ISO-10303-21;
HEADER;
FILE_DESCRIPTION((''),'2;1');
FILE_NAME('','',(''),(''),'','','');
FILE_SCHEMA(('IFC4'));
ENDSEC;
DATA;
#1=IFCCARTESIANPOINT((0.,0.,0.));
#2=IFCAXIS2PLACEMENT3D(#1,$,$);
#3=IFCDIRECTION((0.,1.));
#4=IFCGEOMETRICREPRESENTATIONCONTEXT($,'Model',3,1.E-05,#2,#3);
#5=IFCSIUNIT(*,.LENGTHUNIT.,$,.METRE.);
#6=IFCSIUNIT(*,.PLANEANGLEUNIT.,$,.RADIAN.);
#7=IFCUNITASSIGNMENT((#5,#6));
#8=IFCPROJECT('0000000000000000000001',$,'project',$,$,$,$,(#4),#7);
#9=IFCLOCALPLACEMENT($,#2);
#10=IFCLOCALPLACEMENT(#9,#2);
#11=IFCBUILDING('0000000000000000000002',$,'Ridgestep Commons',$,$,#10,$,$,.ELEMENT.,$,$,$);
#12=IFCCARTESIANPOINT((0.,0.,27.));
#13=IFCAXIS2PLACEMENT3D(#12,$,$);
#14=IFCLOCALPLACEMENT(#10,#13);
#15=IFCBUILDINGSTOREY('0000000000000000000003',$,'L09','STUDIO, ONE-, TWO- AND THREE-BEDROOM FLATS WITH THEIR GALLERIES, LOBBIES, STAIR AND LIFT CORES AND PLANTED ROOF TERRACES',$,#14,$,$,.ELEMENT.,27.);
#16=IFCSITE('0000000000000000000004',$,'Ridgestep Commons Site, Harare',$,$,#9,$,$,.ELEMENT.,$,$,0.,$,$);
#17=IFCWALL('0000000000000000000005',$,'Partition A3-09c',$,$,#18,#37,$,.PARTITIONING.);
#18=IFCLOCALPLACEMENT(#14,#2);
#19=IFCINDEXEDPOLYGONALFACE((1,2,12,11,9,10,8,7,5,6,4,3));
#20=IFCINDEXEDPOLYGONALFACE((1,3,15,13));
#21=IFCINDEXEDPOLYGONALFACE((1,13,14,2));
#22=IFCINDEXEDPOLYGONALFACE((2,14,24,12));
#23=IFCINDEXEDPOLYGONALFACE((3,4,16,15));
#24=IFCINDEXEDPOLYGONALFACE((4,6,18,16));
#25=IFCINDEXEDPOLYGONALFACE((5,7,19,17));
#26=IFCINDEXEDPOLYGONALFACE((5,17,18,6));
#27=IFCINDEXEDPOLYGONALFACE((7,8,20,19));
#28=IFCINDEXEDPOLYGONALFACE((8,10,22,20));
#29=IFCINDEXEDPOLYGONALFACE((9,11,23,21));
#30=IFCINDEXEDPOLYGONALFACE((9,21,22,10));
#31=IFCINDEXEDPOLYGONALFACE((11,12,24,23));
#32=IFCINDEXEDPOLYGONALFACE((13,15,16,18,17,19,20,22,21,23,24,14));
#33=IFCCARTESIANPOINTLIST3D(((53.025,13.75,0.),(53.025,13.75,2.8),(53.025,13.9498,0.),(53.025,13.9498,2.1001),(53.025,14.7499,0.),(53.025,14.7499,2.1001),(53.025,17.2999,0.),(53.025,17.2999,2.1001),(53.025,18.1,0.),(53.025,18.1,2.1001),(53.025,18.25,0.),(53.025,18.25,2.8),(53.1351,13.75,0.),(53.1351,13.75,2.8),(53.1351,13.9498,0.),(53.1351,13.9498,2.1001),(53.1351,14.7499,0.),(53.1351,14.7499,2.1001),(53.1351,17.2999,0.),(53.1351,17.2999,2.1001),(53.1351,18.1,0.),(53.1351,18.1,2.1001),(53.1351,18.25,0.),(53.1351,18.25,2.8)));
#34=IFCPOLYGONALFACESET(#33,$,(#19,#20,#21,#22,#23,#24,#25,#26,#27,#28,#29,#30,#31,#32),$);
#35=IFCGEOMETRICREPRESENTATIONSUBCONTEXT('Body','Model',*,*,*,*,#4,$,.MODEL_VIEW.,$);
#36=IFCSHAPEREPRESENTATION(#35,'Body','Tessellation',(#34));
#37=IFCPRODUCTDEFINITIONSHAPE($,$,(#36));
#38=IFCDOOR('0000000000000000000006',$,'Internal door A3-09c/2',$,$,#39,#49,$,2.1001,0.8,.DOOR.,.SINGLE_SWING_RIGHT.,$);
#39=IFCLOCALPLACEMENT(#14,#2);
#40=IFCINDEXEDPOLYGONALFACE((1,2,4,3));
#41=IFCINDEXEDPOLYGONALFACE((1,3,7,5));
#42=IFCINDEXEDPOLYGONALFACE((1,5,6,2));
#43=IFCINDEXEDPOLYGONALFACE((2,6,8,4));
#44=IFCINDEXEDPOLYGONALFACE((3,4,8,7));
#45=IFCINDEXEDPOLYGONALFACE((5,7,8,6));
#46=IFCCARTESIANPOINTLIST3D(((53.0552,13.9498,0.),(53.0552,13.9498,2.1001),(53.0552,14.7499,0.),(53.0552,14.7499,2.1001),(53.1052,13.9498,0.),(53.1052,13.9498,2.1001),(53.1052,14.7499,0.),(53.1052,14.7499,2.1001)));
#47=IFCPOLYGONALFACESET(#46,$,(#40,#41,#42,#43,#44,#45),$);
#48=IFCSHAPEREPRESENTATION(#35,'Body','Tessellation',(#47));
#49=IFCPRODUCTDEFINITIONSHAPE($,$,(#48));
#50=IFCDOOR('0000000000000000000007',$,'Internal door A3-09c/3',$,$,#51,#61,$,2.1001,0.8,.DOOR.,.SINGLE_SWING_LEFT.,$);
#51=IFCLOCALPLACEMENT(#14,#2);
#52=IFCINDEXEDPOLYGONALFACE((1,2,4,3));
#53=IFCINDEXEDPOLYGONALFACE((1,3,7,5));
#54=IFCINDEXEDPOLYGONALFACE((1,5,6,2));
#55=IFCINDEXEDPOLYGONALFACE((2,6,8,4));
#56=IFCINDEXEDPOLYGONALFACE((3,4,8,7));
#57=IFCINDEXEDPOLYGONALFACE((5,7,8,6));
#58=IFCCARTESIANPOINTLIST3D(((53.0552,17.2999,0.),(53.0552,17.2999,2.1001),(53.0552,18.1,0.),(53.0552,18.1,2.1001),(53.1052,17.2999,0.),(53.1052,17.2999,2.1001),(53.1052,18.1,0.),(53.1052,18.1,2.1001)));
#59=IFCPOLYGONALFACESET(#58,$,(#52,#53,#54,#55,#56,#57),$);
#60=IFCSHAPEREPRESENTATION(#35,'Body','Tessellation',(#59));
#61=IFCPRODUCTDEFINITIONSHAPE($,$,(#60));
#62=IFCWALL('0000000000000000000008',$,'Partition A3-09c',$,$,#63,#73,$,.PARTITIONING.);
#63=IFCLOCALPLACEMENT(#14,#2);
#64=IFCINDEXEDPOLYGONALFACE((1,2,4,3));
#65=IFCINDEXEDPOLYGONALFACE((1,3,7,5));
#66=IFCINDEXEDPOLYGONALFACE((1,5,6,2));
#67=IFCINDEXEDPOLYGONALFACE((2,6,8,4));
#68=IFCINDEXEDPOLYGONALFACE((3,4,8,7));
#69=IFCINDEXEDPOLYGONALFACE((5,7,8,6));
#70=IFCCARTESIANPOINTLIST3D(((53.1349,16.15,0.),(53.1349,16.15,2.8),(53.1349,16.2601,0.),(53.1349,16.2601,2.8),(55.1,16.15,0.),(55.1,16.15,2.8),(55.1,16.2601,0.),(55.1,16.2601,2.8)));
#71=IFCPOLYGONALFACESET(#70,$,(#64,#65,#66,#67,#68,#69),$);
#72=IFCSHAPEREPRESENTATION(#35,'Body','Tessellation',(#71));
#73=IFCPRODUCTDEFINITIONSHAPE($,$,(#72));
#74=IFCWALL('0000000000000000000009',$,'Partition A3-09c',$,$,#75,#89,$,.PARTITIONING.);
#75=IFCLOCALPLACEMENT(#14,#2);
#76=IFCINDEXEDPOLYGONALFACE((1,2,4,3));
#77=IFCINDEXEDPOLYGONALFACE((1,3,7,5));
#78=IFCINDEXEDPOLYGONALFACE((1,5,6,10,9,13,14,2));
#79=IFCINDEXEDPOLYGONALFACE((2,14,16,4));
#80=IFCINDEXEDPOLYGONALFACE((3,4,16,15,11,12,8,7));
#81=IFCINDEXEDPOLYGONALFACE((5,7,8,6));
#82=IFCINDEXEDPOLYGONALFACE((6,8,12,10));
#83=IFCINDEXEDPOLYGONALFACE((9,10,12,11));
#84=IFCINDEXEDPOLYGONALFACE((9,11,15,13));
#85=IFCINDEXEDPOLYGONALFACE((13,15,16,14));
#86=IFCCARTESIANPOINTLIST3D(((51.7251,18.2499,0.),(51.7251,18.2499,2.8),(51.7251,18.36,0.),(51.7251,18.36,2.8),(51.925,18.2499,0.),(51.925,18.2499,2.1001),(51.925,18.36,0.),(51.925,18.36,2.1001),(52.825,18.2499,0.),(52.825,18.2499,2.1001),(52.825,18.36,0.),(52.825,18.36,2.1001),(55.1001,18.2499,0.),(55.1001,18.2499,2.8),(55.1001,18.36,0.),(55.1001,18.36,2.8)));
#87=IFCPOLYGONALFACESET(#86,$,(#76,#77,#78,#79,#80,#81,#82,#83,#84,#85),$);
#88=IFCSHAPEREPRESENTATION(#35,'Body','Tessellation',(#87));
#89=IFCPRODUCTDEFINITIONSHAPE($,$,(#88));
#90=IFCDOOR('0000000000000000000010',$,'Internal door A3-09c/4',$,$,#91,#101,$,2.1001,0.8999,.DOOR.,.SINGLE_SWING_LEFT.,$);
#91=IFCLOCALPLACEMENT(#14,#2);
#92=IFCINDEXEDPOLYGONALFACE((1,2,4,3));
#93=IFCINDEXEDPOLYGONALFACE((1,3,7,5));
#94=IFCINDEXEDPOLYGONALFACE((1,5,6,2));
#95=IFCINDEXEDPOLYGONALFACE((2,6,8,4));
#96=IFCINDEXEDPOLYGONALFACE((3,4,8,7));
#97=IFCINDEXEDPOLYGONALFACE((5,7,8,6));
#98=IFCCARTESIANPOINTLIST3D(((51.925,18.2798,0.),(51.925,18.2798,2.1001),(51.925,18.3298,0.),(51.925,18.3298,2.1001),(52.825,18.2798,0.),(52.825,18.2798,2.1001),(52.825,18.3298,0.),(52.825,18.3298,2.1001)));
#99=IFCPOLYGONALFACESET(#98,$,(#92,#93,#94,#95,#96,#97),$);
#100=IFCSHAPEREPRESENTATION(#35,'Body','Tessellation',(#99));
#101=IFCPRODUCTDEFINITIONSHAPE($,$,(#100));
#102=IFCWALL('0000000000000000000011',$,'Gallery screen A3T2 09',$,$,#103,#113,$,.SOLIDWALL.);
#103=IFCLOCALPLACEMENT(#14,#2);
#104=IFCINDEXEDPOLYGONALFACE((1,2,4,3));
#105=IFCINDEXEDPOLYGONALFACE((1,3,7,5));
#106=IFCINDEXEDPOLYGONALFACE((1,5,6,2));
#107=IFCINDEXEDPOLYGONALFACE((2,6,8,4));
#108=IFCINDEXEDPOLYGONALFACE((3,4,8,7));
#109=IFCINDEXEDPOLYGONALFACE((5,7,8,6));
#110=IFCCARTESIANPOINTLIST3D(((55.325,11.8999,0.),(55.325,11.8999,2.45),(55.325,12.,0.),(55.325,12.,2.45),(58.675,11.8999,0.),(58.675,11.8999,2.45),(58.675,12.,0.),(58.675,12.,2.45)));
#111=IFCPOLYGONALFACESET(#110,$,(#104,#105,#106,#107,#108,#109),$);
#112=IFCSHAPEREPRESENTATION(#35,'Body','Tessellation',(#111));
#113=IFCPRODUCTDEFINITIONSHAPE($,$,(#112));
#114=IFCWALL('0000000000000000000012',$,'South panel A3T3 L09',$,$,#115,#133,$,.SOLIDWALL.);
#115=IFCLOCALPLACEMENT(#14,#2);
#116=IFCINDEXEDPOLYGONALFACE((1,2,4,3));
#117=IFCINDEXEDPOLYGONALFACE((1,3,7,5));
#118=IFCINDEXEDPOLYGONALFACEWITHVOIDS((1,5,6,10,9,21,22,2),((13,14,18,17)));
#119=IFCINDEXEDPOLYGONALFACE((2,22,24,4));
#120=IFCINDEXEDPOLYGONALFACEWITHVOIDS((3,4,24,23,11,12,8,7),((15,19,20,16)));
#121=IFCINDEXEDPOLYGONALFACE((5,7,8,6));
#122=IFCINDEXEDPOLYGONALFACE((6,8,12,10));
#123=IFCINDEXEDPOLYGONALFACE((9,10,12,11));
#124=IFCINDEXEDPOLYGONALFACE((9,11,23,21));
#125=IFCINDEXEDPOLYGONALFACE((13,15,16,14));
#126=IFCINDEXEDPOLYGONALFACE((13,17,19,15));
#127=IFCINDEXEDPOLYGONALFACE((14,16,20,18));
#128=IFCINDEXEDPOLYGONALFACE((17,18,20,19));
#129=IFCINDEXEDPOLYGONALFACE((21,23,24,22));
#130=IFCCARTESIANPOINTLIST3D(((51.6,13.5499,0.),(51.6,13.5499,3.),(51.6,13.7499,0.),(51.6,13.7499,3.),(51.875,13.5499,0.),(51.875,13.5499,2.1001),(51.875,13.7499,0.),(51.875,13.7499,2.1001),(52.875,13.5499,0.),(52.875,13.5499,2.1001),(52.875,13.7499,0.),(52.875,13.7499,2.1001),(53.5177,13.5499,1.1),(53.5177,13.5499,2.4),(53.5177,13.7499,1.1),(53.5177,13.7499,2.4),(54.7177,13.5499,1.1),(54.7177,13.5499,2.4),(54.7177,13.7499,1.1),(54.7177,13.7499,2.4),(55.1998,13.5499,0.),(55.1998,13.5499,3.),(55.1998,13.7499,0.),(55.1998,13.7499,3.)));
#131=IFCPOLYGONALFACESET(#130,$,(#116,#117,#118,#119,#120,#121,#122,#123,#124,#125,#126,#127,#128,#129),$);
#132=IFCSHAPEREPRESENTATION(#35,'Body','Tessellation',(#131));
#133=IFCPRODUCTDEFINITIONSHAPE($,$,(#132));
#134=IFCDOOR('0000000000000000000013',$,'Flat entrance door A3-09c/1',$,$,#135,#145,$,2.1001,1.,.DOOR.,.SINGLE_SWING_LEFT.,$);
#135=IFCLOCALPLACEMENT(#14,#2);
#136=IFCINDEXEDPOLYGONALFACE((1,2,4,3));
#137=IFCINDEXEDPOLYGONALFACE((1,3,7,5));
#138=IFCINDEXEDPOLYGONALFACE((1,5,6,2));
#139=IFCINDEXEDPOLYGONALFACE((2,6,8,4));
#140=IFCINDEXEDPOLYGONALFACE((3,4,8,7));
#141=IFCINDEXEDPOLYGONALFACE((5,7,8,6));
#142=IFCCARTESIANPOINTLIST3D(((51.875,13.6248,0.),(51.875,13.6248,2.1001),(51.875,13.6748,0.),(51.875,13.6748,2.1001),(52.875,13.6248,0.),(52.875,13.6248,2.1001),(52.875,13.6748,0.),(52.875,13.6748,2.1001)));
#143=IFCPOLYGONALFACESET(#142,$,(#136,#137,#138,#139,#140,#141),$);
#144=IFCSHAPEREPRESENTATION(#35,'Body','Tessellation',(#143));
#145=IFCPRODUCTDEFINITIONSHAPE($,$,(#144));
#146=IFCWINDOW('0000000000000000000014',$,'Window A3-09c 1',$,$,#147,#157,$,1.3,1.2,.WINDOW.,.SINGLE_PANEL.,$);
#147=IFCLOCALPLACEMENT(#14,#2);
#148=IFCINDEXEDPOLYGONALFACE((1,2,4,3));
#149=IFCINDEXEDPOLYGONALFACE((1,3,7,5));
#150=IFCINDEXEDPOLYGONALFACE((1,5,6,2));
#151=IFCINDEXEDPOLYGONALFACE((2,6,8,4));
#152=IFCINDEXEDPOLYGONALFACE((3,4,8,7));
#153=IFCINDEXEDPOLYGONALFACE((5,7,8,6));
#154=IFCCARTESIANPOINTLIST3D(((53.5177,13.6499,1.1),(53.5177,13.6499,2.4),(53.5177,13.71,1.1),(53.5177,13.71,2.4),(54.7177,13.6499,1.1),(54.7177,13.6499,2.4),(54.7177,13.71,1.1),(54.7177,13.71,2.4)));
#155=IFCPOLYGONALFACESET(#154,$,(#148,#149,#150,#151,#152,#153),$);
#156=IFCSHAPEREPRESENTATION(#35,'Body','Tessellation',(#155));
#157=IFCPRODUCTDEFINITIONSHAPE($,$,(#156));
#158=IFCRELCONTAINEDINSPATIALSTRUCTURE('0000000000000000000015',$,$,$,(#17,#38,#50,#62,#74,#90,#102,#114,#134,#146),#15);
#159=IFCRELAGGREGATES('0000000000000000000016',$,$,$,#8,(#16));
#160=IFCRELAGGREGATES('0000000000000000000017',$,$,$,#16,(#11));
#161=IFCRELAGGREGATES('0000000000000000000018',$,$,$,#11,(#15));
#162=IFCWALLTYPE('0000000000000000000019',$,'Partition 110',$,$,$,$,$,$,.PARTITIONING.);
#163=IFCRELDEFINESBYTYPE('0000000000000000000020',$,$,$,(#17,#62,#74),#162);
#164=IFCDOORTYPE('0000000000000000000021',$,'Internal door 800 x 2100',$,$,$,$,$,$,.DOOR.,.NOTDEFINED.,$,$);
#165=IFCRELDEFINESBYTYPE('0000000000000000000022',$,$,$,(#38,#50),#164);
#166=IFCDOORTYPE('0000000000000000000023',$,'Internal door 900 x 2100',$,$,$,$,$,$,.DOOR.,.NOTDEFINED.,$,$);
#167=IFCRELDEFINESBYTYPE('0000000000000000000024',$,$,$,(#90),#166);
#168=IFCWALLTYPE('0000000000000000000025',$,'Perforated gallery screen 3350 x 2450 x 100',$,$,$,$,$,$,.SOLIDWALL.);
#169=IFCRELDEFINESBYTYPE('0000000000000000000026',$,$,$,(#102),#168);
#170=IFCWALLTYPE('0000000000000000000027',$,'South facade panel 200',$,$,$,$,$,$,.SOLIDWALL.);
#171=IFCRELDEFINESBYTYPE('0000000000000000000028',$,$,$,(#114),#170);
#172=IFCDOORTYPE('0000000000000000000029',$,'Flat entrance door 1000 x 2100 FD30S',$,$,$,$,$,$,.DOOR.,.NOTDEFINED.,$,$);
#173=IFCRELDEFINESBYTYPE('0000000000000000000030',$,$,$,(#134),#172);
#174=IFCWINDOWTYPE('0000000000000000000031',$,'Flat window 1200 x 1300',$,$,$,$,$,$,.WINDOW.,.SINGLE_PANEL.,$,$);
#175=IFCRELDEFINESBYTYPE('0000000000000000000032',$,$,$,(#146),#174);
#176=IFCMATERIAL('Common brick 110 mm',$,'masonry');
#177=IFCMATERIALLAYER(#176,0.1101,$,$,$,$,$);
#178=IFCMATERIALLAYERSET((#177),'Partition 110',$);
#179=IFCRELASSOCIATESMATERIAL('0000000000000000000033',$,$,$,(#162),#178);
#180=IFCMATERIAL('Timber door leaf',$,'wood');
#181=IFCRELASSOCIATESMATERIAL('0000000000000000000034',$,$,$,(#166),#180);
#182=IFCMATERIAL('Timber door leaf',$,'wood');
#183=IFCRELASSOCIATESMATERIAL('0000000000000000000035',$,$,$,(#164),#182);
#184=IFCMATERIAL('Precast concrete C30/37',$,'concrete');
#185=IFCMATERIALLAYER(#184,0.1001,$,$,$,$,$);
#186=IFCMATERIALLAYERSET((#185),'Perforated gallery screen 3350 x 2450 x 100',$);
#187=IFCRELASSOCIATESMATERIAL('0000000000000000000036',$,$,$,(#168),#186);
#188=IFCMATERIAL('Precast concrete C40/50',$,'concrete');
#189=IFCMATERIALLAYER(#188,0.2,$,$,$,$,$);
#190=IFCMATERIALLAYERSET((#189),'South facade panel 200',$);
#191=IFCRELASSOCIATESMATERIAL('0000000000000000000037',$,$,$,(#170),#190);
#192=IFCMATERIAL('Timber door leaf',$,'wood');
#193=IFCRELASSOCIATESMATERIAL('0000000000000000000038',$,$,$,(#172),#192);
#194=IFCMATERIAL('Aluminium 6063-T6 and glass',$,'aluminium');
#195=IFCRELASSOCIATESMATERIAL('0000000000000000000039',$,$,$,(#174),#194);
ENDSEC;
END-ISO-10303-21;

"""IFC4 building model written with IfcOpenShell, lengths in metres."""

from ifc_helpers import new_model, si_unit, direction, frame, frame_2d, origin, place, context, subcontext, project, spatial, rectangle, extrude, material, layer, layer_set, type_object, element, fill, save


model = new_model("IFC4")

# Units and contexts
model_context = context("Model", 3, precision=1e-05, world=origin(), true_north=direction((0.0, 1.0)))
body_context = subcontext(model_context, "Body", "Model", "MODEL_VIEW")
ifc_project = project(units=[si_unit("LENGTHUNIT", "METRE"), si_unit("PLANEANGLEUNIT", "RADIAN")], contexts=[model_context])

# Site, building, storey
site_placement = place(None, origin())
site = spatial("IfcSite", under=ifc_project, at=site_placement, Name="Ridgestep Commons Site, Harare", CompositionType="ELEMENT", RefElevation=0.0)
building_placement = place(site_placement, origin())
building = spatial("IfcBuilding", under=site, at=building_placement, Name="Ridgestep Commons", CompositionType="ELEMENT")
storey_placement = place(building_placement, frame((0.0, 0.0, 27.0)))
storey = spatial("IfcBuildingStorey", under=building, at=storey_placement, Name="L09", Description="STUDIO, ONE-, TWO- AND THREE-BEDROOM FLATS WITH THEIR GALLERIES, LOBBIES, STAIR AND LIFT CORES AND PLANTED ROOF TERRACES", CompositionType="ELEMENT", Elevation=27.0)

# Shared definitions
ifc_material_1 = material(Name="Common brick 110 mm", Category="masonry")
ifc_layer_1 = layer(ifc_material_1, 0.1101)
ifc_layer_set_1 = layer_set([ifc_layer_1], Name="Partition 110")
wall_type_1 = type_object("IfcWallType", Name="Partition 110", PredefinedType="PARTITIONING", material=ifc_layer_set_1)
ifc_material_2 = material(Name="Timber door leaf", Category="wood")
door_type_1 = type_object("IfcDoorType", Name="Internal door 900 x 2100", OperationType="NOTDEFINED", PredefinedType="DOOR", material=ifc_material_2)

# Wall, openings, doors
wall_1_placement = place(storey_placement, frame((53.0801, 13.75, 0.0), z_axis=(0.0, 0.0, 1.0), x_axis=(0.0, 1.0, 0.0)))
wall_1 = element("IfcWall", 1, at=wall_1_placement, inside=storey, type_object=wall_type_1, Name="Partition A3-09c", PredefinedType="PARTITIONING", context=body_context, shape_type="SweptSolid", body=[
    extrude(rectangle(XDim=4.5, YDim=0.1101, at=frame_2d((2.25, 0.0))), origin(), (0.0, 0.0, 1.0), 2.8),
])
opening_1_placement = place(wall_1_placement, frame((0.2, 0.0, 0.0)))
opening_1 = element("IfcOpeningElement", 2, at=opening_1_placement, cuts=wall_1, PredefinedType="OPENING", context=body_context, shape_type="SweptSolid", body=[
    extrude(rectangle(XDim=0.8, YDim=2.1001, at=frame_2d((0.3999, 1.05))), frame((0.0, 0.0649, 0.0), z_axis=(0.0, -1.0, 0.0), x_axis=(1.0, 0.0, 0.0)), (0.0, 0.0, 1.0), 0.1301),
])
opening_2_placement = place(wall_1_placement, frame((3.55, 0.0, 0.0)))
opening_2 = element("IfcOpeningElement", 3, at=opening_2_placement, cuts=wall_1, PredefinedType="OPENING", context=body_context, shape_type="SweptSolid", body=[
    extrude(rectangle(XDim=0.8, YDim=2.1001, at=frame_2d((0.3999, 1.05))), frame((0.0, 0.0649, 0.0), z_axis=(0.0, -1.0, 0.0), x_axis=(1.0, 0.0, 0.0)), (0.0, 0.0, 1.0), 0.1301),
])
ifc_material_3 = material(Name="Timber door leaf", Category="wood")
door_type_2 = type_object("IfcDoorType", Name="Internal door 800 x 2100", OperationType="NOTDEFINED", PredefinedType="DOOR", material=ifc_material_3)
door_1_placement = place(opening_1_placement, origin())
door_1 = element("IfcDoor", 4, at=door_1_placement, inside=storey, type_object=door_type_2, Name="Internal door A3-09c/2", OperationType="SINGLE_SWING_RIGHT", OverallHeight=2.1001, OverallWidth=0.8, PredefinedType="DOOR", context=body_context, shape_type="SweptSolid", body=[
    extrude(rectangle(XDim=0.8, YDim=2.1001, at=frame_2d((0.3999, 1.05))), frame((0.0, 0.0249, 0.0), z_axis=(0.0, -1.0, 0.0), x_axis=(1.0, 0.0, 0.0)), (0.0, 0.0, 1.0), 0.05),
])
fill(opening_1, door_1)
door_2_placement = place(opening_2_placement, origin())
door_2 = element("IfcDoor", 5, at=door_2_placement, inside=storey, type_object=door_type_2, Name="Internal door A3-09c/3", OperationType="SINGLE_SWING_LEFT", OverallHeight=2.1001, OverallWidth=0.8, PredefinedType="DOOR", context=body_context, shape_type="SweptSolid", body=[
    extrude(rectangle(XDim=0.8, YDim=2.1001, at=frame_2d((0.3999, 1.05))), frame((0.0, 0.0249, 0.0), z_axis=(0.0, -1.0, 0.0), x_axis=(1.0, 0.0, 0.0)), (0.0, 0.0, 1.0), 0.05),
])
fill(opening_2, door_2)

# Wall
wall_2_placement = place(storey_placement, frame((53.135, 16.2051, 0.0), z_axis=(0.0, 0.0, 1.0), x_axis=(1.0, 0.0, 0.0)))
element("IfcWall", 6, at=wall_2_placement, inside=storey, type_object=wall_type_1, Name="Partition A3-09c", PredefinedType="PARTITIONING", context=body_context, shape_type="SweptSolid", body=[
    extrude(rectangle(XDim=1.9651, YDim=0.1101, at=frame_2d((0.9824, 0.0))), origin(), (0.0, 0.0, 1.0), 2.8),
])

# Wall, opening, door
wall_3_placement = place(storey_placement, frame((51.7251, 18.3049, 0.0), z_axis=(0.0, 0.0, 1.0), x_axis=(1.0, 0.0, 0.0)))
wall_3 = element("IfcWall", 7, at=wall_3_placement, inside=storey, type_object=wall_type_1, Name="Partition A3-09c", PredefinedType="PARTITIONING", context=body_context, shape_type="SweptSolid", body=[
    extrude(rectangle(XDim=3.375, YDim=0.1101, at=frame_2d((1.6875, 0.0))), origin(), (0.0, 0.0, 1.0), 2.8),
])
opening_3_placement = place(wall_3_placement, frame((0.2, 0.0, 0.0)))
opening_3 = element("IfcOpeningElement", 8, at=opening_3_placement, cuts=wall_3, PredefinedType="OPENING", context=body_context, shape_type="SweptSolid", body=[
    extrude(rectangle(XDim=0.8999, YDim=2.1001, at=frame_2d((0.45, 1.05))), frame((0.0, 0.0649, 0.0), z_axis=(0.0, -1.0, 0.0), x_axis=(1.0, 0.0, 0.0)), (0.0, 0.0, 1.0), 0.1301),
])
door_3_placement = place(opening_3_placement, origin())
door_3 = element("IfcDoor", 9, at=door_3_placement, inside=storey, type_object=door_type_1, Name="Internal door A3-09c/4", OperationType="SINGLE_SWING_LEFT", OverallHeight=2.1001, OverallWidth=0.8999, PredefinedType="DOOR", context=body_context, shape_type="SweptSolid", body=[
    extrude(rectangle(XDim=0.8999, YDim=2.1001, at=frame_2d((0.45, 1.05))), frame((0.0, 0.0249, 0.0), z_axis=(0.0, -1.0, 0.0), x_axis=(1.0, 0.0, 0.0)), (0.0, 0.0, 1.0), 0.05),
])
fill(opening_3, door_3)

# Wall
ifc_material_4 = material(Name="Precast concrete C30/37", Category="concrete")
ifc_layer_2 = layer(ifc_material_4, 0.1001)
ifc_layer_set_2 = layer_set([ifc_layer_2], Name="Perforated gallery screen 3350 x 2450 x 100")
wall_type_2 = type_object("IfcWallType", Name="Perforated gallery screen 3350 x 2450 x 100", PredefinedType="SOLIDWALL", material=ifc_layer_set_2)
wall_4_placement = place(storey_placement, frame((55.325, 11.95, 0.0), z_axis=(0.0, 0.0, 1.0), x_axis=(1.0, 0.0, 0.0)))
element("IfcWall", 10, at=wall_4_placement, inside=storey, type_object=wall_type_2, Name="Gallery screen A3T2 09", PredefinedType="SOLIDWALL", context=body_context, shape_type="SweptSolid", body=[
    extrude(rectangle(XDim=3.3501, YDim=0.1001, at=frame_2d((1.675, 0.0))), origin(), (0.0, 0.0, 1.0), 2.45),
])

# Wall, openings, door, window
ifc_material_5 = material(Name="Precast concrete C40/50", Category="concrete")
ifc_layer_3 = layer(ifc_material_5, 0.2)
ifc_layer_set_3 = layer_set([ifc_layer_3], Name="South facade panel 200")
wall_type_3 = type_object("IfcWallType", Name="South facade panel 200", PredefinedType="SOLIDWALL", material=ifc_layer_set_3)
wall_5_placement = place(storey_placement, frame((51.6001, 13.6499, 0.0), z_axis=(0.0, 0.0, 1.0), x_axis=(1.0, 0.0, 0.0)))
wall_5 = element("IfcWall", 11, at=wall_5_placement, inside=storey, type_object=wall_type_3, Name="South panel A3T3 L09", PredefinedType="SOLIDWALL", context=body_context, shape_type="SweptSolid", body=[
    extrude(rectangle(XDim=3.5999, YDim=0.2, at=frame_2d((1.7998, 0.0))), origin(), (0.0, 0.0, 1.0), 3.0),
])
opening_4_placement = place(wall_5_placement, frame((1.9175, 0.0, 1.1001)))
opening_4 = element("IfcOpeningElement", 12, at=opening_4_placement, cuts=wall_5, PredefinedType="OPENING", context=body_context, shape_type="SweptSolid", body=[
    extrude(rectangle(XDim=1.2, YDim=1.3, at=frame_2d((0.6001, 0.6499))), frame((0.0, 0.1099, 0.0), z_axis=(0.0, -1.0, 0.0), x_axis=(1.0, 0.0, 0.0)), (0.0, 0.0, 1.0), 0.22),
])
opening_5_placement = place(wall_5_placement, frame((0.2749, 0.0, 0.0)))
opening_5 = element("IfcOpeningElement", 13, at=opening_5_placement, cuts=wall_5, PredefinedType="OPENING", context=body_context, shape_type="SweptSolid", body=[
    extrude(rectangle(XDim=1.0, YDim=2.1001, at=frame_2d((0.5, 1.05))), frame((0.0, 0.1099, 0.0), z_axis=(0.0, -1.0, 0.0), x_axis=(1.0, 0.0, 0.0)), (0.0, 0.0, 1.0), 0.22),
])
ifc_material_6 = material(Name="Timber door leaf", Category="wood")
door_type_3 = type_object("IfcDoorType", Name="Flat entrance door 1000 x 2100 FD30S", OperationType="NOTDEFINED", PredefinedType="DOOR", material=ifc_material_6)
door_4_placement = place(opening_5_placement, origin())
door_4 = element("IfcDoor", 14, at=door_4_placement, inside=storey, type_object=door_type_3, Name="Flat entrance door A3-09c/1", OperationType="SINGLE_SWING_LEFT", OverallHeight=2.1001, OverallWidth=1.0, PredefinedType="DOOR", context=body_context, shape_type="SweptSolid", body=[
    extrude(rectangle(XDim=1.0, YDim=2.1001, at=frame_2d((0.5, 1.05))), frame((0.0, 0.0249, 0.0), z_axis=(0.0, -1.0, 0.0), x_axis=(1.0, 0.0, 0.0)), (0.0, 0.0, 1.0), 0.05),
])
fill(opening_5, door_4)
ifc_material_7 = material(Name="Aluminium 6063-T6 and glass", Category="aluminium")
window_type = type_object("IfcWindowType", Name="Flat window 1200 x 1300", PartitioningType="SINGLE_PANEL", PredefinedType="WINDOW", material=ifc_material_7)
window_1_placement = place(opening_4_placement, origin())
window_1 = element("IfcWindow", 15, at=window_1_placement, inside=storey, type_object=window_type, Name="Window A3-09c 1", OverallHeight=1.3, OverallWidth=1.2, PartitioningType="SINGLE_PANEL", PredefinedType="WINDOW", context=body_context, shape_type="SweptSolid", body=[
    extrude(rectangle(XDim=1.2, YDim=1.3, at=frame_2d((0.6001, 0.6499))), frame((0.0, 0.0601, 0.0), z_axis=(0.0, -1.0, 0.0), x_axis=(1.0, 0.0, 0.0)), (0.0, 0.0, 1.0), 0.0601),
])
fill(opening_4, window_1)

save(model, "model.ifc")
